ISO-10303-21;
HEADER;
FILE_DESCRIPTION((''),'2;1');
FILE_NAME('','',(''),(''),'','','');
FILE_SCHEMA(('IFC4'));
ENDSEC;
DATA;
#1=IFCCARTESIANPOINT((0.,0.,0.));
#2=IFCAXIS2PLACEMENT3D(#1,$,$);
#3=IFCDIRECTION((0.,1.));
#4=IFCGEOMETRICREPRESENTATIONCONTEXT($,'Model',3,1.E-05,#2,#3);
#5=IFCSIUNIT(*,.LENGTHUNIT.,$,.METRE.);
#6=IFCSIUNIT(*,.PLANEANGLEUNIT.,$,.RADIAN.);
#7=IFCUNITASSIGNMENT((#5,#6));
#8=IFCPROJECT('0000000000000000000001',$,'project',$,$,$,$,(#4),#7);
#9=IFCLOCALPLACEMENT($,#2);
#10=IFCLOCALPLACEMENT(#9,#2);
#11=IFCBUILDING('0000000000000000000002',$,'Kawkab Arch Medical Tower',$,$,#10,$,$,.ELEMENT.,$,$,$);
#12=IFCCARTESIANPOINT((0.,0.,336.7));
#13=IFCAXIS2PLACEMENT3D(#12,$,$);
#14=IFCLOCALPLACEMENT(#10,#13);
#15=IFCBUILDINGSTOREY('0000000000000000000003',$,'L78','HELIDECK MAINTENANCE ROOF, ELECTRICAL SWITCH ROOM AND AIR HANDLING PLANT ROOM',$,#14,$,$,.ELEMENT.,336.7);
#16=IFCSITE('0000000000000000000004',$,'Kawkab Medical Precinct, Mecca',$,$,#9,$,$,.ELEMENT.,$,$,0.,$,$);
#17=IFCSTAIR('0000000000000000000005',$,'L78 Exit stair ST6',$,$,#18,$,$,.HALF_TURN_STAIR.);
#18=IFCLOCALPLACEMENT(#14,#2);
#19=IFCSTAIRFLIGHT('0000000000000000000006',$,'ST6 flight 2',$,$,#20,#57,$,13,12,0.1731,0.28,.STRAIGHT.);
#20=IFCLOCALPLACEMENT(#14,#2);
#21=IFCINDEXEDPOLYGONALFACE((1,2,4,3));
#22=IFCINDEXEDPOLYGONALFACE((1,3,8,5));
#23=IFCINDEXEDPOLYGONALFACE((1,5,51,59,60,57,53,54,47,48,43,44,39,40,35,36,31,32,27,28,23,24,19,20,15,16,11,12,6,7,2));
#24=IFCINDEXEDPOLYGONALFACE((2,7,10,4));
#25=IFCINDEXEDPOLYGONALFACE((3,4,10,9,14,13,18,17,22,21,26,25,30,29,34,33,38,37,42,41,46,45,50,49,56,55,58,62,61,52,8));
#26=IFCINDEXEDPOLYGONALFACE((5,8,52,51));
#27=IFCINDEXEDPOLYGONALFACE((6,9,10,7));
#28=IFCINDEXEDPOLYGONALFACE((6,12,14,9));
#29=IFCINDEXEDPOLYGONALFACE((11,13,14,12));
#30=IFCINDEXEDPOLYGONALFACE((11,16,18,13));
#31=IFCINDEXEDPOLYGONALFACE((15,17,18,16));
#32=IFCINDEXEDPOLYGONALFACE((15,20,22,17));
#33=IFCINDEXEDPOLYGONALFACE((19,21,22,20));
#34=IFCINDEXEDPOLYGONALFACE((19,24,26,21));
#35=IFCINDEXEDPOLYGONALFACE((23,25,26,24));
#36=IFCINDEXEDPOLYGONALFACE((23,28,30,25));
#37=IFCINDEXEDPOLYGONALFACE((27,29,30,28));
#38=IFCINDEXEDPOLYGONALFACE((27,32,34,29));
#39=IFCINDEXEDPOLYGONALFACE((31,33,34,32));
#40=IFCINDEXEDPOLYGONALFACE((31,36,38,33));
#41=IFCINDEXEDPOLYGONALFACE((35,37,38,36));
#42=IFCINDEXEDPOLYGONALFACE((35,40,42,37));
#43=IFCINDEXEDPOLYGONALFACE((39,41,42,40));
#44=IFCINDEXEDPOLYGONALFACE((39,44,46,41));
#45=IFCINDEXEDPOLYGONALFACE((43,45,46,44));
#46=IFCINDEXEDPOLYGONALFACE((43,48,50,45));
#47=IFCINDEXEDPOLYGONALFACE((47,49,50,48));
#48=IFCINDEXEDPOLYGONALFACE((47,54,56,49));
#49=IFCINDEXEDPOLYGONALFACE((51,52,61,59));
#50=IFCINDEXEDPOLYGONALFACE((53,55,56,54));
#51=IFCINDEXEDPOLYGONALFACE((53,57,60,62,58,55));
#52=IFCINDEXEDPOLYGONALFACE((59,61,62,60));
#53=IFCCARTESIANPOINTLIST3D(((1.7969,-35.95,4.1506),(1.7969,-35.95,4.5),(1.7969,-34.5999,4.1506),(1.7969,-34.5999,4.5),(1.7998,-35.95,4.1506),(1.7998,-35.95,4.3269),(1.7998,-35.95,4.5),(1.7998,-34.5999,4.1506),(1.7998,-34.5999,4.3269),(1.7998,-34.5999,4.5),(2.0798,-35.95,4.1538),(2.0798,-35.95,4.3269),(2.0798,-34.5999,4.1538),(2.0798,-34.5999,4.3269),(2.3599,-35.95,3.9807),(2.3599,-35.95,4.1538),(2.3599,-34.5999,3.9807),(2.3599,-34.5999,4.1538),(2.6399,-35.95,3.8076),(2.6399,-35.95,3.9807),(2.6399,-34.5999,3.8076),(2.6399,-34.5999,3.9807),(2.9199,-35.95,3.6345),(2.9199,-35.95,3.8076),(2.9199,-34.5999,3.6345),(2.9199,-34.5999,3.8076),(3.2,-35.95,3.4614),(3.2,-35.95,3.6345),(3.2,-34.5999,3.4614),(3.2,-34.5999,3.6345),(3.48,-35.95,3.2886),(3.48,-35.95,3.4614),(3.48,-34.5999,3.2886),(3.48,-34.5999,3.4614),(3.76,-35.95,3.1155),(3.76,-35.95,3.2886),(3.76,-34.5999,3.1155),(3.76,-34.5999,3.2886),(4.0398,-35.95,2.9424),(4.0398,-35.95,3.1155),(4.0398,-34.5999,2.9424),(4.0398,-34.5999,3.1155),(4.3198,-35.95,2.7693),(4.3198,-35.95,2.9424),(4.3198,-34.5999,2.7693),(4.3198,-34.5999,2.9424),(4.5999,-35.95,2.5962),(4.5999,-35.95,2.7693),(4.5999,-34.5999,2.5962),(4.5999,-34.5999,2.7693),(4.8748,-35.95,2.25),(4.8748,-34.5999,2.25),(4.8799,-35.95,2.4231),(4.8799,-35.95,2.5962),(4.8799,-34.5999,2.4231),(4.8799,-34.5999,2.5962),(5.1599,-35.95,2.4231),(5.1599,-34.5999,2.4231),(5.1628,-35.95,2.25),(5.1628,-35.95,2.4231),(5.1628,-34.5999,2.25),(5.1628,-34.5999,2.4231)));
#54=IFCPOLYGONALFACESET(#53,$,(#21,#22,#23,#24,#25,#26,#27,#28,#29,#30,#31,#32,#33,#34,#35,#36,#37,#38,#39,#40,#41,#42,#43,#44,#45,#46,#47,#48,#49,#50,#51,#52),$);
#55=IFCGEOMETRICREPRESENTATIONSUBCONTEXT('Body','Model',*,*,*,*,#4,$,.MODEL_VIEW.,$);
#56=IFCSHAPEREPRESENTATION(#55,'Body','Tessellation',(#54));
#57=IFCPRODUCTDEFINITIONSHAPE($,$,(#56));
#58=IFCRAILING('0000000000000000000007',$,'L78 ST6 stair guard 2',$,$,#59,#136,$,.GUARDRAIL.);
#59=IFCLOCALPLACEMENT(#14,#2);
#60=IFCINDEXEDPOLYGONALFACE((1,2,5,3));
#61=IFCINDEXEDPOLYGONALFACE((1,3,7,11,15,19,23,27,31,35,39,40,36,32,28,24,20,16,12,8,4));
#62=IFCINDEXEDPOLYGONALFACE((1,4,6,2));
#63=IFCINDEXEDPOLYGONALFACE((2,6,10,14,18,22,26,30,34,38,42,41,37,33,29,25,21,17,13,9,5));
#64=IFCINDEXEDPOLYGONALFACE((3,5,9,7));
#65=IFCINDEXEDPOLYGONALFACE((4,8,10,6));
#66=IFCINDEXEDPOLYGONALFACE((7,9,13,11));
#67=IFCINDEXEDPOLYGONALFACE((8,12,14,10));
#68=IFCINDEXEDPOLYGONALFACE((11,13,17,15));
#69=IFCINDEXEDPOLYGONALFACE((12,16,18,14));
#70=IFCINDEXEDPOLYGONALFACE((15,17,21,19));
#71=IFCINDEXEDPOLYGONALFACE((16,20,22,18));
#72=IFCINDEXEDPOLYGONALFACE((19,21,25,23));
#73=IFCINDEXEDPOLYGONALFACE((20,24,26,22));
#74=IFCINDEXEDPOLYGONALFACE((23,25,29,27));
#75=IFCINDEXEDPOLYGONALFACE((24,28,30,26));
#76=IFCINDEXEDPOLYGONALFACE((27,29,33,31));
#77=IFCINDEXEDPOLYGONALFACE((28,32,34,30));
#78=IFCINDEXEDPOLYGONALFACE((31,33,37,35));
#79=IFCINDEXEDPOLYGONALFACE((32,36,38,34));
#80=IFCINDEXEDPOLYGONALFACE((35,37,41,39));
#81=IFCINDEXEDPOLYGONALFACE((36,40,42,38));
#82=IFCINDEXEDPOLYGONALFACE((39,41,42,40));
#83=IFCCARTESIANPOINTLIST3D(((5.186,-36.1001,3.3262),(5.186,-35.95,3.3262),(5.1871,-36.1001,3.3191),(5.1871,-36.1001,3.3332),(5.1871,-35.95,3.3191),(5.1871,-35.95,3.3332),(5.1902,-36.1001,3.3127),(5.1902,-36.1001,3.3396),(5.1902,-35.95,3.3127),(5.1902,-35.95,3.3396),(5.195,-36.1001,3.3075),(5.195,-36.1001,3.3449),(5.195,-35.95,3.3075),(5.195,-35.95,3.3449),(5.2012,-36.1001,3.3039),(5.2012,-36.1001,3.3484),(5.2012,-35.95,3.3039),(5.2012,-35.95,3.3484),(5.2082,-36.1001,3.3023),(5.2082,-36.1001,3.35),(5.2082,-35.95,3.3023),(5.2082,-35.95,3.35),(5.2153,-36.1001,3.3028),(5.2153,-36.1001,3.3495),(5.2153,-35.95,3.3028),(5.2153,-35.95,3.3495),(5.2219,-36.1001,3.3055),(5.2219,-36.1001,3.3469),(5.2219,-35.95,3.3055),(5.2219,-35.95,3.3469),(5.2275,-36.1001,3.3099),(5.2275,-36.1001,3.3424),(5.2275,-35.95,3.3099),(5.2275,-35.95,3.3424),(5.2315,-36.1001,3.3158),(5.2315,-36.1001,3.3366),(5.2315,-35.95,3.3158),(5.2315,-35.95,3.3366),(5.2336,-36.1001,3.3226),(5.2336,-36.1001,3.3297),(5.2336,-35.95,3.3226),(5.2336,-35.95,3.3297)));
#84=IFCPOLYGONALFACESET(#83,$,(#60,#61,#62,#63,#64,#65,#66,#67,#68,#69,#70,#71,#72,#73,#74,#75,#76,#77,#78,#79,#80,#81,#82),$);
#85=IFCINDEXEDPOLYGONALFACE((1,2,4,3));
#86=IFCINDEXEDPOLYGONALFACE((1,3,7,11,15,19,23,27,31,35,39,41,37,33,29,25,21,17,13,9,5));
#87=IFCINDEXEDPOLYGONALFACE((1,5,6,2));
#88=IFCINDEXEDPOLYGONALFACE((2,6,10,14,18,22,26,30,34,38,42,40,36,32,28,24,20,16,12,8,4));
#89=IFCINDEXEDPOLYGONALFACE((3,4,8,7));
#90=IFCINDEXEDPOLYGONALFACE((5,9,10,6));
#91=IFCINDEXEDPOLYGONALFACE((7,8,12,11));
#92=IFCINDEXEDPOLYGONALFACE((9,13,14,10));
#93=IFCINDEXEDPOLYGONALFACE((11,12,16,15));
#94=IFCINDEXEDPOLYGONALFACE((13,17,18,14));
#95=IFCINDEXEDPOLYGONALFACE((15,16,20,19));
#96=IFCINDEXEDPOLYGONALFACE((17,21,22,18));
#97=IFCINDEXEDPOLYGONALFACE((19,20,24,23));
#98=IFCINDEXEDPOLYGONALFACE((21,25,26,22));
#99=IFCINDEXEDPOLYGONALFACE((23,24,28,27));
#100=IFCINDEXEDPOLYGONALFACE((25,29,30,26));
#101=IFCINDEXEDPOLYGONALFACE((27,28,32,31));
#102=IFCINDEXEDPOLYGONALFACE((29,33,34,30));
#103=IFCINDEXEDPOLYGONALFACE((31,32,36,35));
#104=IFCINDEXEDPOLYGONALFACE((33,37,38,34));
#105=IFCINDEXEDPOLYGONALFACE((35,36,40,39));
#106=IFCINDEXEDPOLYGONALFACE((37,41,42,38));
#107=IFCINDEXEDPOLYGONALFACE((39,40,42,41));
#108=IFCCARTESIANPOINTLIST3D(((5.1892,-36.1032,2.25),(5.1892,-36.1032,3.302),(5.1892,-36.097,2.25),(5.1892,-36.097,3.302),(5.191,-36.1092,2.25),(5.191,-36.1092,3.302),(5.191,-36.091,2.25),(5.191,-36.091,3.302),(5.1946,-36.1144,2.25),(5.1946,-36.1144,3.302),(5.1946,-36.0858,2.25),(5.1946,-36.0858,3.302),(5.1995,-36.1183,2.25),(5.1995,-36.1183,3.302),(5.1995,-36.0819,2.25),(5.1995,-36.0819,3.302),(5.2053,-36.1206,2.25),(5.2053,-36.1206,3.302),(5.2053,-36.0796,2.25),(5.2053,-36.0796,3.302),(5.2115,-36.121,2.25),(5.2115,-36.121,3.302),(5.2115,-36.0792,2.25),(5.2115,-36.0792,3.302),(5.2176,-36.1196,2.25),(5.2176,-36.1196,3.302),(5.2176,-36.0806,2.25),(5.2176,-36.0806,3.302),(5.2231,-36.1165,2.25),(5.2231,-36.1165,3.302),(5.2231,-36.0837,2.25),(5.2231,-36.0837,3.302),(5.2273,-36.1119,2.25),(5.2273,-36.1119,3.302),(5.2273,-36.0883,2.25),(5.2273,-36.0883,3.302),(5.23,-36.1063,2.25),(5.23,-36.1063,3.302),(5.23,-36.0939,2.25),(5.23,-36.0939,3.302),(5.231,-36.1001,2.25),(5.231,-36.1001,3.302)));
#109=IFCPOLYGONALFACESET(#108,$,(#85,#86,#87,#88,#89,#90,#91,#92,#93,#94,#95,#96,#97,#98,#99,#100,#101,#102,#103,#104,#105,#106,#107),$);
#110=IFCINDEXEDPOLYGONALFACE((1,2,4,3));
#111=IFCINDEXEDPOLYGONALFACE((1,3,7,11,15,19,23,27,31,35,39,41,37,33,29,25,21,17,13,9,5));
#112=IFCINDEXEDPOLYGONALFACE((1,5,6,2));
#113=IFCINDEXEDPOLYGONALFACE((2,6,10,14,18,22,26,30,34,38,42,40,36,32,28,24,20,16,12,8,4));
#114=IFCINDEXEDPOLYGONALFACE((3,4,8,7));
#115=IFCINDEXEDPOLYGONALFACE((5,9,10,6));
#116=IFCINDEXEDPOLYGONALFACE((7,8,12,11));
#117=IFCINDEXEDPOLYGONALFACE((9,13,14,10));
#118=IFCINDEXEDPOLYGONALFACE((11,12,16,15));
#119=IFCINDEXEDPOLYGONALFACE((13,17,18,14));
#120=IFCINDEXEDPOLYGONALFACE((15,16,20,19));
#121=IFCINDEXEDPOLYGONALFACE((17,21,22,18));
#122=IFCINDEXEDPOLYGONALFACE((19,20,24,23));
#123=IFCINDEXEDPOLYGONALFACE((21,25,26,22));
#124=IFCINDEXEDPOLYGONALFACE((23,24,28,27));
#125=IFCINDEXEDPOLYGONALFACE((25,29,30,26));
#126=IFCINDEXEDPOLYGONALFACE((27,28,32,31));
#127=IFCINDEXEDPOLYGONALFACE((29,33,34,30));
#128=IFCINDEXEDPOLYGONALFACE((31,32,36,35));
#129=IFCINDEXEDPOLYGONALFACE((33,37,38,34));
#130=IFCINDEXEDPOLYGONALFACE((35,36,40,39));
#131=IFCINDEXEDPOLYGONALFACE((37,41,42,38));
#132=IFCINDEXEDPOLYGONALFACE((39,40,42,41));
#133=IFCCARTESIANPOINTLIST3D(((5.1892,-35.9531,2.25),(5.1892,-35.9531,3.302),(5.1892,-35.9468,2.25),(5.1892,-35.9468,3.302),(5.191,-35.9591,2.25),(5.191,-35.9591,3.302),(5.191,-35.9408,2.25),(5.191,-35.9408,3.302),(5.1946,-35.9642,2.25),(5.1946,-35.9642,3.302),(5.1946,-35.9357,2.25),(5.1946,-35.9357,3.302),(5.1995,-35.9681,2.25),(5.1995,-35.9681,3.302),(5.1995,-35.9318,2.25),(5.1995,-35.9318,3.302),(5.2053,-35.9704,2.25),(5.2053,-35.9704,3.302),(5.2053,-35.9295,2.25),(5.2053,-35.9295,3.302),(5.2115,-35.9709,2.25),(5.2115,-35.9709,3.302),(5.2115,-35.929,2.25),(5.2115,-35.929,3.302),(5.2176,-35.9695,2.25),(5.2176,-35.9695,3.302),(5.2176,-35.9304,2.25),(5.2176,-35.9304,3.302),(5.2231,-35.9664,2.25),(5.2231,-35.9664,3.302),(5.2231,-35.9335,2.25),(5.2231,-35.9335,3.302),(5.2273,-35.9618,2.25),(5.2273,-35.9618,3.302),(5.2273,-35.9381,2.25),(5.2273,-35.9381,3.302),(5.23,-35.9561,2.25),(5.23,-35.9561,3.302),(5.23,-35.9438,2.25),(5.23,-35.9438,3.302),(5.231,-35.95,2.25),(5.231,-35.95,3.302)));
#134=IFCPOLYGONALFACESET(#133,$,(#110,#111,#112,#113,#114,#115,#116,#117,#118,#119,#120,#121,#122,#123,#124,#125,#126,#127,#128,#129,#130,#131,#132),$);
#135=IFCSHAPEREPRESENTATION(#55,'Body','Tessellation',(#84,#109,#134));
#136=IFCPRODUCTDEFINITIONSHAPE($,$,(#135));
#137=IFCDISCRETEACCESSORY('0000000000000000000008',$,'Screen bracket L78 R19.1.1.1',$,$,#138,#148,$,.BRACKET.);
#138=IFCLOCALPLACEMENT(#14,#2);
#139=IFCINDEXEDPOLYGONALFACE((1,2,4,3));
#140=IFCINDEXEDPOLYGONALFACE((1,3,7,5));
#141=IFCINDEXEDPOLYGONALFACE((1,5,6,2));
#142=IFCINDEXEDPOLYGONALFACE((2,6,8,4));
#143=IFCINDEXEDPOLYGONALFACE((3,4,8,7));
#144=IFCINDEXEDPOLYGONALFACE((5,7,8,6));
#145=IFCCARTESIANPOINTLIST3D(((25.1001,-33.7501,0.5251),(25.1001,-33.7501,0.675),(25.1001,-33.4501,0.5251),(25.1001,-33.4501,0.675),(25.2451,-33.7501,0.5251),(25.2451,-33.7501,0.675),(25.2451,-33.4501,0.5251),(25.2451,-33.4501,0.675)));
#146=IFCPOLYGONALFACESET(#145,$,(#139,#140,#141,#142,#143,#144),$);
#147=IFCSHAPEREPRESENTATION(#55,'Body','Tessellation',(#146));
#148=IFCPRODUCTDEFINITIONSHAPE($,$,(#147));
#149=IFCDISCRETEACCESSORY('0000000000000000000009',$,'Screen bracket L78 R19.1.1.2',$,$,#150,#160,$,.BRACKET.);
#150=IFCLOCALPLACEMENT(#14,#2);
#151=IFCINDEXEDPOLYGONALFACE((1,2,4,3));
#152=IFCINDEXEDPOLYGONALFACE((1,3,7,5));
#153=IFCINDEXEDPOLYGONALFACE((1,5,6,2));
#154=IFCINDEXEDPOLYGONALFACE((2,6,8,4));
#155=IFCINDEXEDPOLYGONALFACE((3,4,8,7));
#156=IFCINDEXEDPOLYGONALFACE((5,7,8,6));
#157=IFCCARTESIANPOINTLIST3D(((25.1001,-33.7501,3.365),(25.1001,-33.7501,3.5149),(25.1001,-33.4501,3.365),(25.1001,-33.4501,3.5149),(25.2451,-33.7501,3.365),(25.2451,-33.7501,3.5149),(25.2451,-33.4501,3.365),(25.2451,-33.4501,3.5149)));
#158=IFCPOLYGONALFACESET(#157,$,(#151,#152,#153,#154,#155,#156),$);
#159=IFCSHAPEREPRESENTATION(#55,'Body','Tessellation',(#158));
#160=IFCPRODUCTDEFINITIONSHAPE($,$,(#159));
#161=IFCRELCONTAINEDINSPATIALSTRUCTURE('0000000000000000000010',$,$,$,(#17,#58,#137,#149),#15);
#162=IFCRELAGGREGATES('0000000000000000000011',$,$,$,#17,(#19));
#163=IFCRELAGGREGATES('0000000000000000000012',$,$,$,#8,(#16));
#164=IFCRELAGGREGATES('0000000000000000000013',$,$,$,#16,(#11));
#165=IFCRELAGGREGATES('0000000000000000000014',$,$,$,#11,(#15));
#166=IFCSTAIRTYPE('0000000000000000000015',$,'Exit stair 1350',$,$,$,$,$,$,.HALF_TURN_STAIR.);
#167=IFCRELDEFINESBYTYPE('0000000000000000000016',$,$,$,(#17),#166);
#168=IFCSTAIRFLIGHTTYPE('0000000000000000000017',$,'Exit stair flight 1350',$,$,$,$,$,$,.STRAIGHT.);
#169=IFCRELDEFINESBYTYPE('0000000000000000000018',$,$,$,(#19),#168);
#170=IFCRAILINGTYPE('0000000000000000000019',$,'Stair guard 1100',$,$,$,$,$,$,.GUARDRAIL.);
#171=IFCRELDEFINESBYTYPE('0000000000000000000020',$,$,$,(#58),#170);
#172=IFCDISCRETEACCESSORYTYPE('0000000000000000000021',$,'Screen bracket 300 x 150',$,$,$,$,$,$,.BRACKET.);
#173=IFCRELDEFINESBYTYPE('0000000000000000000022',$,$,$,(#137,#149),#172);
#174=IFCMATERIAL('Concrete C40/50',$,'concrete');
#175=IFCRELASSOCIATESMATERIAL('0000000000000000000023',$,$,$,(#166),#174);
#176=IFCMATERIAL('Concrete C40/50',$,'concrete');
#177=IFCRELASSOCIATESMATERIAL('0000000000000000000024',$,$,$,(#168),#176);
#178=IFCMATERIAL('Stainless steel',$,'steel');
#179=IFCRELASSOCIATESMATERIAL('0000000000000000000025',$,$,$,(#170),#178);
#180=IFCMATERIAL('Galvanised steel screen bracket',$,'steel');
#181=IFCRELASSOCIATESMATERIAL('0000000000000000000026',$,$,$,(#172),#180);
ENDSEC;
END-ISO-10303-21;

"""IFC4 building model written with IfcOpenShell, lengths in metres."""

from ifc_helpers import new_model, si_unit, direction, frame, origin, origin_2d, place, context, subcontext, project, spatial, polyline, rectangle, circle, outline, extrude, material, type_object, element, aggregate, save


model = new_model("IFC4")

# Units and contexts
model_context = context("Model", 3, precision=1e-05, world=origin(), true_north=direction((0.0, 1.0)))
body_context = subcontext(model_context, "Body", "Model", "MODEL_VIEW")
ifc_project = project(units=[si_unit("LENGTHUNIT", "METRE"), si_unit("PLANEANGLEUNIT", "RADIAN")], contexts=[model_context])

# Site, building, storey
site_placement = place(None, origin())
site = spatial("IfcSite", under=ifc_project, at=site_placement, Name="Kawkab Medical Precinct, Mecca", CompositionType="ELEMENT", RefElevation=0.0)
building_placement = place(site_placement, origin())
building = spatial("IfcBuilding", under=site, at=building_placement, Name="Kawkab Arch Medical Tower", CompositionType="ELEMENT")
storey_placement = place(building_placement, frame((0.0, 0.0, 336.7)))
storey = spatial("IfcBuildingStorey", under=building, at=storey_placement, Name="L78", Description="HELIDECK MAINTENANCE ROOF, ELECTRICAL SWITCH ROOM AND AIR HANDLING PLANT ROOM", CompositionType="ELEMENT", Elevation=336.7)

# Shared definitions
placement = place(storey_placement, origin())

# Stair, stair flight
ifc_material_1 = material(Name="Concrete C40/50", Category="concrete")
stair_type = type_object("IfcStairType", Name="Exit stair 1350", PredefinedType="HALF_TURN_STAIR", material=ifc_material_1)
stair = element("IfcStair", 1, at=placement, inside=storey, type_object=stair_type, Name="L78 Exit stair ST6", PredefinedType="HALF_TURN_STAIR")
ifc_material_2 = material(Name="Concrete C40/50", Category="concrete")
stair_flight_type = type_object("IfcStairFlightType", Name="Exit stair flight 1350", PredefinedType="STRAIGHT", material=ifc_material_2)
stair_flight_placement = place(storey_placement, frame((5.1599, -35.2749, 2.25), z_axis=(0.0, 0.0, 1.0), x_axis=(-1.0, 0.0, 0.0)))
stair_flight = element("IfcStairFlight", 2, at=stair_flight_placement, type_object=stair_flight_type, Name="ST6 flight 2", NumberOfRisers=13, NumberOfTreads=12, PredefinedType="STRAIGHT", RiserHeight=0.1731, TreadLength=0.28, context=body_context, shape_type="SweptSolid", body=[
    extrude(outline(polyline([(-0.0029, 0.0), (-0.0029, 0.1731), (0.0, 0.1731), (0.28, 0.1731), (0.28, 0.3462), (0.5601, 0.3462), (0.5601, 0.5193), (0.8401, 0.5193), (0.8401, 0.6924), (1.1201, 0.6924), (1.1201, 0.8655), (1.3999, 0.8655), (1.3999, 1.0386), (1.6799, 1.0386), (1.6799, 1.2114), (1.96, 1.2114), (1.96, 1.3845), (2.24, 1.3845), (2.24, 1.5576), (2.52, 1.5576), (2.52, 1.7307), (2.8, 1.7307), (2.8, 1.9038), (3.0801, 1.9038), (3.0801, 2.0769), (3.3601, 2.0769), (3.3601, 2.25), (3.363, 2.25), (3.363, 1.9006), (3.3601, 1.9006), (0.2852, 0.0), (-0.0029, 0.0)])), frame((0.0, 0.675, 0.0), z_axis=(0.0, -1.0, 0.0), x_axis=(1.0, 0.0, 0.0)), (0.0, 0.0, 1.0), 1.3501),
])
aggregate(stair, [stair_flight])

# Railing
ifc_material_3 = material(Name="Stainless steel", Category="steel")
railing_type = type_object("IfcRailingType", Name="Stair guard 1100", PredefinedType="GUARDRAIL", material=ifc_material_3)
railing_placement = place(storey_placement, frame((5.21, -36.1001, 2.25)))
element("IfcRailing", 3, at=railing_placement, inside=storey, type_object=railing_type, Name="L78 ST6 stair guard 2", PredefinedType="GUARDRAIL", context=body_context, shape_type="SweptSolid", body=[
    extrude(circle(Radius=0.0239, at=origin_2d()), frame((0.0, 0.0, 1.0762), z_axis=(0.0, 1.0, 0.0), x_axis=(-1.0, 0.0, 0.0)), (0.0, 0.0, 1.0), 0.1501),
    extrude(circle(Radius=0.021, at=origin_2d()), origin(), (0.0, 0.0, 1.0), 1.052),
    extrude(circle(Radius=0.021, at=origin_2d()), frame((0.0, 0.1501, 0.0)), (0.0, 0.0, 1.0), 1.052),
])

# Discrete accessories
ifc_material_4 = material(Name="Galvanised steel screen bracket", Category="steel")
discrete_accessory_type = type_object("IfcDiscreteAccessoryType", Name="Screen bracket 300 x 150", PredefinedType="BRACKET", material=ifc_material_4)
for number, where, z_axis, x_axis, name in (
    (4, (25.1726, -33.6001, 0.5251), (0.0, 0.0, 1.0), (0.0, 1.0, 0.0), "Screen bracket L78 R19.1.1.1"),
    (5, (25.1726, -33.6001, 3.365), (0.0, 0.0, 1.0), (0.0, 1.0, 0.0), "Screen bracket L78 R19.1.1.2"),
):
    element("IfcDiscreteAccessory", number, at=place(storey_placement, frame(where, z_axis=z_axis, x_axis=x_axis)), inside=storey, type_object=discrete_accessory_type, Name=name, PredefinedType="BRACKET", context=body_context, shape_type="SweptSolid", body=[
        extrude(rectangle(XDim=0.3, YDim=0.145, at=origin_2d()), origin(), (0.0, 0.0, 1.0), 0.1499),
    ])

save(model, "model.ifc")
